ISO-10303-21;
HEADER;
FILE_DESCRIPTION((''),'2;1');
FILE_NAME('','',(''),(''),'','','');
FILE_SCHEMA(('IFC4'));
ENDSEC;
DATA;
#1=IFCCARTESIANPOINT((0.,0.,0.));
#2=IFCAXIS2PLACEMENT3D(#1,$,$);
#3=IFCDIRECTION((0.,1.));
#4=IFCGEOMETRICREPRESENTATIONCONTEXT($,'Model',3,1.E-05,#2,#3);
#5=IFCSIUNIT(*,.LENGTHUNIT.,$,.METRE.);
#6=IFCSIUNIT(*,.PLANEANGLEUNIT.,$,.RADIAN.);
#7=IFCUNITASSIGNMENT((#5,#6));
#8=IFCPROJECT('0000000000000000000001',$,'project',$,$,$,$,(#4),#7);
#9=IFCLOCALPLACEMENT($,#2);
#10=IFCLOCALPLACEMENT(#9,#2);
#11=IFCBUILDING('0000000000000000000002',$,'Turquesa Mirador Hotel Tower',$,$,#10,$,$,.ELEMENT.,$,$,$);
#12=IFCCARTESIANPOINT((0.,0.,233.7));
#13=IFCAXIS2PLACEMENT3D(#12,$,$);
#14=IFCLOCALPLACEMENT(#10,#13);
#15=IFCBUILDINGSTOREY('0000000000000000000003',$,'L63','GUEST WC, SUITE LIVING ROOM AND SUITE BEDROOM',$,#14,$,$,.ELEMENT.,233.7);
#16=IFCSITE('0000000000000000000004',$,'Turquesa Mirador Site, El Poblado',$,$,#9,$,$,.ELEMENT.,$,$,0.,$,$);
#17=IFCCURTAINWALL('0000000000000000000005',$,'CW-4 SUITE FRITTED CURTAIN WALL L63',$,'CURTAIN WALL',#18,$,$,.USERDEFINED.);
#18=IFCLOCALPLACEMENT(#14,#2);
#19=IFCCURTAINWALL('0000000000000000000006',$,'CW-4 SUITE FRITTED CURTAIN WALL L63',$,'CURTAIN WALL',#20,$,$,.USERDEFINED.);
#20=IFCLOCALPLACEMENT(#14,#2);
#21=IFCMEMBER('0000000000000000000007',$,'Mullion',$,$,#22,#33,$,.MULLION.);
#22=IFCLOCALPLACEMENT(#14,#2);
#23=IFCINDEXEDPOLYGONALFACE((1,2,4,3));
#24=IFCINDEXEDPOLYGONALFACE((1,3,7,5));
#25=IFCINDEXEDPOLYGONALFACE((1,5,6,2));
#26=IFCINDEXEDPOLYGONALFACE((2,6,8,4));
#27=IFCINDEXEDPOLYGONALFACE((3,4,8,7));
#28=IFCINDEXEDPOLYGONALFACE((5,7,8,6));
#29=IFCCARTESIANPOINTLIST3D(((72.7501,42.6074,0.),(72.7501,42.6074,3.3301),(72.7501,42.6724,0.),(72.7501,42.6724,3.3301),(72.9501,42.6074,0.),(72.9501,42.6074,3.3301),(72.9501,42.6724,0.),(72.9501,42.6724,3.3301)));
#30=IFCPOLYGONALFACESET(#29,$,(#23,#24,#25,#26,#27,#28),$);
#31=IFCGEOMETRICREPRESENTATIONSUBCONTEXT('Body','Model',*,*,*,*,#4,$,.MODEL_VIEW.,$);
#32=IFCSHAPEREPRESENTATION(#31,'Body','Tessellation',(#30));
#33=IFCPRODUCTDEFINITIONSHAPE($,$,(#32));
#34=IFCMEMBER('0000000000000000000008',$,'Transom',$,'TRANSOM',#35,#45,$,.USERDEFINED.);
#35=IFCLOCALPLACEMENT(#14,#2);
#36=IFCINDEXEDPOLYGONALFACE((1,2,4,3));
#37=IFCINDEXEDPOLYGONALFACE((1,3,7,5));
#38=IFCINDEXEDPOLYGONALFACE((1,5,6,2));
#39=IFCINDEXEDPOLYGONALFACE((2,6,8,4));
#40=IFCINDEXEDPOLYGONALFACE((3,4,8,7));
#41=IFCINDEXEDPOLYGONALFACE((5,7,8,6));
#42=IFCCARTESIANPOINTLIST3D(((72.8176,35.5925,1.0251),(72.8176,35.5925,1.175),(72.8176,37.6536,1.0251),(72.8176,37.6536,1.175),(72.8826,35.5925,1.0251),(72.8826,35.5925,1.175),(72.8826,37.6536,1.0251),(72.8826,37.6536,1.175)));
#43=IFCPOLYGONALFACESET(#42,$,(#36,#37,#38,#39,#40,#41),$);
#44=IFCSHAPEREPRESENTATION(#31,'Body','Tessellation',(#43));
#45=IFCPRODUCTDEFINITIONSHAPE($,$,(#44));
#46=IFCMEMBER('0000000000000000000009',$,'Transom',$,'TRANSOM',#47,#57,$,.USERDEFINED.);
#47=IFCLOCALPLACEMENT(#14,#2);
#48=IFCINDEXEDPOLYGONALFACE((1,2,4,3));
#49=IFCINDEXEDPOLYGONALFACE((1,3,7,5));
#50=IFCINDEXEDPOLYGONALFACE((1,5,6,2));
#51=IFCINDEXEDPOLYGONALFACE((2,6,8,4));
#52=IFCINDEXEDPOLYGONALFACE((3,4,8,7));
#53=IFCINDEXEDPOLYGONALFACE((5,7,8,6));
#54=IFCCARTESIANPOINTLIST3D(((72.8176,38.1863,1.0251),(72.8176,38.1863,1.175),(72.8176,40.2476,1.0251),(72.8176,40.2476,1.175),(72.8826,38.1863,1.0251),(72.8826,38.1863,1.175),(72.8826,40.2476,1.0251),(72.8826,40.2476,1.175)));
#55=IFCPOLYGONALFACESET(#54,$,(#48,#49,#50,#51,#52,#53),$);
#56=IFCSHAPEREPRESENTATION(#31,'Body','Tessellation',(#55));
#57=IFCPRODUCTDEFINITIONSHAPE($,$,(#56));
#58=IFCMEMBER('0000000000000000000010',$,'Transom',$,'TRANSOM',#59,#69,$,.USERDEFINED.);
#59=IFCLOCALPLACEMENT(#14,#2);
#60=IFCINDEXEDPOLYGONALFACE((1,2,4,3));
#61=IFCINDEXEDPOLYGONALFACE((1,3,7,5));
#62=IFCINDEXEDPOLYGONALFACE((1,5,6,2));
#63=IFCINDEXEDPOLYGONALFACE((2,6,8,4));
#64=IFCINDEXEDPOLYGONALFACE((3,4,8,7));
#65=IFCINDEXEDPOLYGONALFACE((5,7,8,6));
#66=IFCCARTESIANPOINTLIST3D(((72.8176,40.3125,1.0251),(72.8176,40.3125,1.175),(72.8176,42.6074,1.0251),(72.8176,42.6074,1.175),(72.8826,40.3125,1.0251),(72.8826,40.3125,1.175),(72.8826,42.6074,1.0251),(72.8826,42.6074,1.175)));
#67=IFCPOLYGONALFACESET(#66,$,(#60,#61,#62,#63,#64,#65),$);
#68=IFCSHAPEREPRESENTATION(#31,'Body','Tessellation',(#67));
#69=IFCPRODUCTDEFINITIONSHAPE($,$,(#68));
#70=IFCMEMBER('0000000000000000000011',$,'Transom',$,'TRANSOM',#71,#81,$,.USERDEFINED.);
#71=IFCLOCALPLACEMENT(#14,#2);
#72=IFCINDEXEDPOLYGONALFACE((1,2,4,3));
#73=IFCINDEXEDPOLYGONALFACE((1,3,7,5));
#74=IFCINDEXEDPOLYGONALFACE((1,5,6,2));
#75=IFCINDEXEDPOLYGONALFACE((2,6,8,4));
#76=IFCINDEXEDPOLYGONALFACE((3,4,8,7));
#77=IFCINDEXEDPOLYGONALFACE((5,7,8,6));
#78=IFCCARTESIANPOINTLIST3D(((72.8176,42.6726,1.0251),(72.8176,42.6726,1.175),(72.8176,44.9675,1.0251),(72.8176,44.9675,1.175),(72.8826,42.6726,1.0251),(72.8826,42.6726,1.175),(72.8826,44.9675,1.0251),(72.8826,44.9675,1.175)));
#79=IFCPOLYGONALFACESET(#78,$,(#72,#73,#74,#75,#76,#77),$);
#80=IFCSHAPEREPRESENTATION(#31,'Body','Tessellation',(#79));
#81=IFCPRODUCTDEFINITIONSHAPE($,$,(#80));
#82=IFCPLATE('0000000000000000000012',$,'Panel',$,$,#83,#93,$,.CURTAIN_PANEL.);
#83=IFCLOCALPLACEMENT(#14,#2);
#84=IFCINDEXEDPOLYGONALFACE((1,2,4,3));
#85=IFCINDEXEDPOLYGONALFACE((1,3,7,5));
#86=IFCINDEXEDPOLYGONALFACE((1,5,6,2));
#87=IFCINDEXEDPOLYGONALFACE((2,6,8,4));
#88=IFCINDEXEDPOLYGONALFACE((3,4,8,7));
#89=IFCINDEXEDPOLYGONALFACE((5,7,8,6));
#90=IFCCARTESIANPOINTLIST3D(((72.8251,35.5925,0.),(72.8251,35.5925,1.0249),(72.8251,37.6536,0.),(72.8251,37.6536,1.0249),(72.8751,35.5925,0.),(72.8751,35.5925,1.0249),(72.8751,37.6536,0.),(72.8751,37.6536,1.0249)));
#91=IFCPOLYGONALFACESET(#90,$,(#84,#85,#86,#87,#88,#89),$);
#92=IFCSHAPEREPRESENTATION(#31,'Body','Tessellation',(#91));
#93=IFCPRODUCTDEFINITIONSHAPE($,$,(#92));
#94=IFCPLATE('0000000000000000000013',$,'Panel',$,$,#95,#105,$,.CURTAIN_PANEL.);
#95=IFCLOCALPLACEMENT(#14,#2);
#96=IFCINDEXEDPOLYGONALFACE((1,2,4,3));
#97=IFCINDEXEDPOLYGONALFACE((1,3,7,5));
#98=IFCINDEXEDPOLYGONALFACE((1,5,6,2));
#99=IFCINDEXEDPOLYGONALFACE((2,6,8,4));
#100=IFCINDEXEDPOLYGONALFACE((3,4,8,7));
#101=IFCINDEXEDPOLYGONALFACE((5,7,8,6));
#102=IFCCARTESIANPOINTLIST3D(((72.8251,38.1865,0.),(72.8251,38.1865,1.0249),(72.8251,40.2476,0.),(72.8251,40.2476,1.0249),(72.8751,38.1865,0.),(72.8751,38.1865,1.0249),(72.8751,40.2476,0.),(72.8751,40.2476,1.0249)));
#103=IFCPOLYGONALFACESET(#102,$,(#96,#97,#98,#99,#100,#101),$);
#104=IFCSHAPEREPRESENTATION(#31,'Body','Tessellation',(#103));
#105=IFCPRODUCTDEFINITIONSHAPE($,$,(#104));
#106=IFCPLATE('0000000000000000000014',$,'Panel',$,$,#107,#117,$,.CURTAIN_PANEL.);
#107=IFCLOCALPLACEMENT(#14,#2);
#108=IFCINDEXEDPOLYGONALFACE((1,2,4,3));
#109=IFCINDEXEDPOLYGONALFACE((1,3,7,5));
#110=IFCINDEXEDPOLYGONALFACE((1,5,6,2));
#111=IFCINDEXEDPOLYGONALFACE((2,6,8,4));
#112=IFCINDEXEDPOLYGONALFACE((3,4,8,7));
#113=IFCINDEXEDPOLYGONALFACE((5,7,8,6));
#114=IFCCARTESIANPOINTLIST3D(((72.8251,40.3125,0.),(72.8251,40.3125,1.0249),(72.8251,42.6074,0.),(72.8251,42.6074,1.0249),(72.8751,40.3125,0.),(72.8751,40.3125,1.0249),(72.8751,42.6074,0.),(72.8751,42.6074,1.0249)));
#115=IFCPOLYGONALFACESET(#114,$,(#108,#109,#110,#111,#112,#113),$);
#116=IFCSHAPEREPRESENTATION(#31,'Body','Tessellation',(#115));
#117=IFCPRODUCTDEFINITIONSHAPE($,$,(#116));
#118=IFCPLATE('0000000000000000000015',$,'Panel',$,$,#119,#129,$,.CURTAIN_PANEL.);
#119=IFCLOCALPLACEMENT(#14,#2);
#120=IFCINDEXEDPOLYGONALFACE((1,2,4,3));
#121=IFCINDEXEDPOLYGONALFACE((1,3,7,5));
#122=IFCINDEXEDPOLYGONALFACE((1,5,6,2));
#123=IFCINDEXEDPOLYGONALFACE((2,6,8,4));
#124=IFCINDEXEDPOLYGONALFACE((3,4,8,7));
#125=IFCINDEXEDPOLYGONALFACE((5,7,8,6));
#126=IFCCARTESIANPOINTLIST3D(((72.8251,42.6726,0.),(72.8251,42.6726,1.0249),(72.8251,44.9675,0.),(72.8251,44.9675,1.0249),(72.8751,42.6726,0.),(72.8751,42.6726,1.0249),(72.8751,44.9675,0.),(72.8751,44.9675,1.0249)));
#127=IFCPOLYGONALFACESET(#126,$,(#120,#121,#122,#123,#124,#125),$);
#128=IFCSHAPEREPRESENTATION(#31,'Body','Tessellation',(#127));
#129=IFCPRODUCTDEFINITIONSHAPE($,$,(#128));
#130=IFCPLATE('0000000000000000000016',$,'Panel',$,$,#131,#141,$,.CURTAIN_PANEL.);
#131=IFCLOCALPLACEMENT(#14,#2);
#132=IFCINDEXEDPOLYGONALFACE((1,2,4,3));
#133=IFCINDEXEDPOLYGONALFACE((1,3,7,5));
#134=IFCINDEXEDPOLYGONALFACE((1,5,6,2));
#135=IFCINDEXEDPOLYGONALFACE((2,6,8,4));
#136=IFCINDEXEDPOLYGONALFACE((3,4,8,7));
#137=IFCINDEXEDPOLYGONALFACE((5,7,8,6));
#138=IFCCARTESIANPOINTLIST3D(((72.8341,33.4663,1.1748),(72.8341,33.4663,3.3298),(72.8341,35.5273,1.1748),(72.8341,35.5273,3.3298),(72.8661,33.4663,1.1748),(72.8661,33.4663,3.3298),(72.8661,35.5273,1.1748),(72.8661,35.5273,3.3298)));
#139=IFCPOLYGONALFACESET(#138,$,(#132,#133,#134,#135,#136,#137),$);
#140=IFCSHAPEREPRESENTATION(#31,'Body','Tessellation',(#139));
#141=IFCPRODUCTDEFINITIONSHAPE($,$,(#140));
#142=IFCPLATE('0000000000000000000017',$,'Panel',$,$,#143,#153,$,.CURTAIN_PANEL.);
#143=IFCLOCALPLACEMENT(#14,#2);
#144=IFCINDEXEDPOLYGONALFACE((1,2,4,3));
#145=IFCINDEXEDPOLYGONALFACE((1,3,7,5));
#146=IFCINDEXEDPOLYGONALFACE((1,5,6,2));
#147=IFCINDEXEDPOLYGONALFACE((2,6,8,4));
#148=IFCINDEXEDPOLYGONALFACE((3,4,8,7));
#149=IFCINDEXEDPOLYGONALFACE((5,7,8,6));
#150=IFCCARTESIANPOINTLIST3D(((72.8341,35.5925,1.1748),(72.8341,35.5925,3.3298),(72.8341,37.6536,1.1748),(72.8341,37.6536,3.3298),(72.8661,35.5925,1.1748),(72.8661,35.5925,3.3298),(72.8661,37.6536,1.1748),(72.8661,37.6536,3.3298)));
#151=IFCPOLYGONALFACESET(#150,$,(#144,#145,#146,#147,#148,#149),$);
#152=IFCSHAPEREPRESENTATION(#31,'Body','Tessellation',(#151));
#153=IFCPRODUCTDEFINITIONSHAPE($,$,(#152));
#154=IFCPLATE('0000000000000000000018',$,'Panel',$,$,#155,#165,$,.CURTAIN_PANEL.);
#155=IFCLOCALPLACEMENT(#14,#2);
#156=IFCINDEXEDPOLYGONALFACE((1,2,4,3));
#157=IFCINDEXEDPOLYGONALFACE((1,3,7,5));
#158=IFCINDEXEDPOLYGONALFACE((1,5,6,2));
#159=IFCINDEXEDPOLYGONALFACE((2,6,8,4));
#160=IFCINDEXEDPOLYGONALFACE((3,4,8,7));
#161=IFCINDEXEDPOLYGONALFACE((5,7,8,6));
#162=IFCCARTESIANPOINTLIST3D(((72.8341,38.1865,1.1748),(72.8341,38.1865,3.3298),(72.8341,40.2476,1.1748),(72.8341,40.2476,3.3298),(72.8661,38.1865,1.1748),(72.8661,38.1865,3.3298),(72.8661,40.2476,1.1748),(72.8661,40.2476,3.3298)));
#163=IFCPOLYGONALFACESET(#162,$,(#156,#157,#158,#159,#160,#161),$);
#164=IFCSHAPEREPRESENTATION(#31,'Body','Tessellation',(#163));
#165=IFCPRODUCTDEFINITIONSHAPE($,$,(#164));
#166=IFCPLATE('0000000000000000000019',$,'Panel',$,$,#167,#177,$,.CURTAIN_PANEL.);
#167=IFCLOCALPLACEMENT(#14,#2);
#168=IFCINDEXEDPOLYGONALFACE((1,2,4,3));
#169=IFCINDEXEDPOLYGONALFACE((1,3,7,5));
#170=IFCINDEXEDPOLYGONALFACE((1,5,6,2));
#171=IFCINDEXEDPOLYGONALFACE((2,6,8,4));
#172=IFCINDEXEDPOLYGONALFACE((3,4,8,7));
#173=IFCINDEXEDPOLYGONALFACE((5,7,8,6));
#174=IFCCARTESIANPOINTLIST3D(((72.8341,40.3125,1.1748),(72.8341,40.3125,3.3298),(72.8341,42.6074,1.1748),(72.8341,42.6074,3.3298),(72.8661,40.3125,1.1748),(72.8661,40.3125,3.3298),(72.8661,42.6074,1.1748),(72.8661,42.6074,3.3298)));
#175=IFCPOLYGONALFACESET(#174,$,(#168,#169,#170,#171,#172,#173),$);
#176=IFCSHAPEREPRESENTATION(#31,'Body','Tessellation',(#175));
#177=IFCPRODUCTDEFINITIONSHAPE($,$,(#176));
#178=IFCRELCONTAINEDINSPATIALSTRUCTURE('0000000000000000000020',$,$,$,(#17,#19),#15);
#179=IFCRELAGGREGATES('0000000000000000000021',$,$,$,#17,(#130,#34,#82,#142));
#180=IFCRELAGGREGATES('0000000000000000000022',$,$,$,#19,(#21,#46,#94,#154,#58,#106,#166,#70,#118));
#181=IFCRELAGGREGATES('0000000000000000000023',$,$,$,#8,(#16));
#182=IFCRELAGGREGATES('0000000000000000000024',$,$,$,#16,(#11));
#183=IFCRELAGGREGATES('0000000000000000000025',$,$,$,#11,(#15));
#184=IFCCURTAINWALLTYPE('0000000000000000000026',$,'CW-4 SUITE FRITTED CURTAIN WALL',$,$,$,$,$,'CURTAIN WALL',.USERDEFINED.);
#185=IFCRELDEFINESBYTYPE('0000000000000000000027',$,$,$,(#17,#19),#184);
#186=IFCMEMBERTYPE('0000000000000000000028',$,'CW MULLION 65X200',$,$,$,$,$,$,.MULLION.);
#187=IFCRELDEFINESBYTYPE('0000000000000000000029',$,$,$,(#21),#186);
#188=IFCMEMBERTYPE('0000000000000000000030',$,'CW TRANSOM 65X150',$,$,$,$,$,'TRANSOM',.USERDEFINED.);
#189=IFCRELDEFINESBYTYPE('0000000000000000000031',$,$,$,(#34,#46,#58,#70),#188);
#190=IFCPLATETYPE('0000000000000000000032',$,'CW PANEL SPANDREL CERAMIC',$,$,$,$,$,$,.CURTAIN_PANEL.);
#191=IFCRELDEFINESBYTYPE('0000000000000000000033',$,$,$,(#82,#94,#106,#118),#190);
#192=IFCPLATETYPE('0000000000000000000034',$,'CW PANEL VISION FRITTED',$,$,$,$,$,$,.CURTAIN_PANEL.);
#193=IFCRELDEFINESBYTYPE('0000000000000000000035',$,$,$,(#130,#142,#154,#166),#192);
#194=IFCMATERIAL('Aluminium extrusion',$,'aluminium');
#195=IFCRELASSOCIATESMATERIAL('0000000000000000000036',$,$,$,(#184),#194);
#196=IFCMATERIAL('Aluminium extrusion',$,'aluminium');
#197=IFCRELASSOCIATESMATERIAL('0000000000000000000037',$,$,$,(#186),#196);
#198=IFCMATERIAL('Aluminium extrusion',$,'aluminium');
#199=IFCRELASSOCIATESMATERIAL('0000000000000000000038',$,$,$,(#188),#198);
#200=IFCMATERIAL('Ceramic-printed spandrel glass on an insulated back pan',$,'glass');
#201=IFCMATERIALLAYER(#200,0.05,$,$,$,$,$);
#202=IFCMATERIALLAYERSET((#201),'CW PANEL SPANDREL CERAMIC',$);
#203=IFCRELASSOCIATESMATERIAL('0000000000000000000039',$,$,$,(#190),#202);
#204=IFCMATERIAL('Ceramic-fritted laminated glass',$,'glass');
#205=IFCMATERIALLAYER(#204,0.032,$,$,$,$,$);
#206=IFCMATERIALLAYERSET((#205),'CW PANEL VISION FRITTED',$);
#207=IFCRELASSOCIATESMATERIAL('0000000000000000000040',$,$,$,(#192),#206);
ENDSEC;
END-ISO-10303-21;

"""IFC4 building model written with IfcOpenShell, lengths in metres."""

from ifc_helpers import new_model, si_unit, direction, frame, origin, origin_2d, place, context, subcontext, project, spatial, rectangle, extrude, material, layer, layer_set, material_profile, profile_set, type_object, element, aggregate, save


model = new_model("IFC4")

# Units and contexts
model_context = context("Model", 3, precision=1e-05, world=origin(), true_north=direction((0.0, 1.0)))
body_context = subcontext(model_context, "Body", "Model", "MODEL_VIEW")
ifc_project = project(units=[si_unit("LENGTHUNIT", "METRE"), si_unit("PLANEANGLEUNIT", "RADIAN")], contexts=[model_context])

# Site, building, storey
site_placement = place(None, origin())
site = spatial("IfcSite", under=ifc_project, at=site_placement, Name="Turquesa Mirador Site, El Poblado", CompositionType="ELEMENT", RefElevation=0.0)
building_placement = place(site_placement, origin())
building = spatial("IfcBuilding", under=site, at=building_placement, Name="Turquesa Mirador Hotel Tower", CompositionType="ELEMENT")
storey_placement = place(building_placement, frame((0.0, 0.0, 233.7)))
storey = spatial("IfcBuildingStorey", under=building, at=storey_placement, Name="L63", Description="GUEST WC, SUITE LIVING ROOM AND SUITE BEDROOM", CompositionType="ELEMENT", Elevation=233.7)

# Curtain walls, member
ifc_material_1 = material(Name="Aluminium extrusion", Category="aluminium")
curtain_wall_type = type_object("IfcCurtainWallType", Name="CW-4 SUITE FRITTED CURTAIN WALL", ElementType="CURTAIN WALL", PredefinedType="USERDEFINED", material=ifc_material_1)
curtain_wall_1_placement = place(storey_placement, origin())
curtain_wall_1 = element("IfcCurtainWall", 1, at=curtain_wall_1_placement, inside=storey, type_object=curtain_wall_type, Name="CW-4 SUITE FRITTED CURTAIN WALL L63", ObjectType="CURTAIN WALL", PredefinedType="USERDEFINED")
ifc_material_2 = material(Name="Aluminium extrusion", Category="aluminium")
ifc_material_profile_1 = material_profile(ifc_material_2, rectangle(XDim=0.0649, YDim=0.2, at=origin_2d()), Name="MULLION 65X200")
ifc_profile_set_1 = profile_set([ifc_material_profile_1], Name="Aluminium extrusion")
member_type_1 = type_object("IfcMemberType", Name="CW MULLION 65X200", PredefinedType="MULLION", material=ifc_profile_set_1)
curtain_wall_2_placement = place(storey_placement, origin())
curtain_wall_2 = element("IfcCurtainWall", 2, at=curtain_wall_2_placement, inside=storey, type_object=curtain_wall_type, Name="CW-4 SUITE FRITTED CURTAIN WALL L63", ObjectType="CURTAIN WALL", PredefinedType="USERDEFINED")
member_1_placement = place(storey_placement, frame((72.8501, 42.6399, 0.0), z_axis=(0.0, 0.0, 1.0), x_axis=(0.0, 1.0, 0.0)))
member_1 = element("IfcMember", 3, at=member_1_placement, type_object=member_type_1, Name="Mullion", PredefinedType="MULLION", context=body_context, shape_type="SweptSolid", body=[
    extrude(rectangle(XDim=0.0649, YDim=0.2, at=origin_2d()), origin(), (0.0, 0.0, 1.0), 3.3301),
])

# Members
ifc_material_3 = material(Name="Aluminium extrusion", Category="aluminium")
ifc_material_profile_2 = material_profile(ifc_material_3, rectangle(XDim=0.0649, YDim=0.1499, at=origin_2d()), Name="TRANSOM 65X150")
ifc_profile_set_2 = profile_set([ifc_material_profile_2], Name="Aluminium extrusion")
member_type_2 = type_object("IfcMemberType", Name="CW TRANSOM 65X150", ElementType="TRANSOM", PredefinedType="USERDEFINED", material=ifc_profile_set_2)
member_2_placement = place(storey_placement, frame((72.8501, 35.5925, 1.1001), z_axis=(0.0, 1.0, 0.0), x_axis=(-1.0, 0.0, 0.0)))
member_2 = element("IfcMember", 4, at=member_2_placement, type_object=member_type_2, Name="Transom", ObjectType="TRANSOM", PredefinedType="USERDEFINED", context=body_context, shape_type="SweptSolid", body=[
    extrude(rectangle(XDim=0.0649, YDim=0.1499, at=origin_2d()), origin(), (0.0, 0.0, 1.0), 2.061),
])
member_3_placement = place(storey_placement, frame((72.8501, 38.1863, 1.1001), z_axis=(0.0, 1.0, 0.0), x_axis=(-1.0, 0.0, 0.0)))
member_3 = element("IfcMember", 5, at=member_3_placement, type_object=member_type_2, Name="Transom", ObjectType="TRANSOM", PredefinedType="USERDEFINED", context=body_context, shape_type="SweptSolid", body=[
    extrude(rectangle(XDim=0.0649, YDim=0.1499, at=origin_2d()), origin(), (0.0, 0.0, 1.0), 2.0613),
])
member_4_placement = place(storey_placement, frame((72.8501, 40.3125, 1.1001), z_axis=(0.0, 1.0, 0.0), x_axis=(-1.0, 0.0, 0.0)))
member_4 = element("IfcMember", 6, at=member_4_placement, type_object=member_type_2, Name="Transom", ObjectType="TRANSOM", PredefinedType="USERDEFINED", context=body_context, shape_type="SweptSolid", body=[
    extrude(rectangle(XDim=0.0649, YDim=0.1499, at=origin_2d()), origin(), (0.0, 0.0, 1.0), 2.2949),
])
member_5_placement = place(storey_placement, frame((72.8501, 42.6726, 1.1001), z_axis=(0.0, 1.0, 0.0), x_axis=(-1.0, 0.0, 0.0)))
member_5 = element("IfcMember", 7, at=member_5_placement, type_object=member_type_2, Name="Transom", ObjectType="TRANSOM", PredefinedType="USERDEFINED", context=body_context, shape_type="SweptSolid", body=[
    extrude(rectangle(XDim=0.0649, YDim=0.1499, at=origin_2d()), origin(), (0.0, 0.0, 1.0), 2.2949),
])

# Plates
ifc_material_4 = material(Name="Ceramic-printed spandrel glass on an insulated back pan", Category="glass")
ifc_layer_1 = layer(ifc_material_4, 0.05)
ifc_layer_set_1 = layer_set([ifc_layer_1], Name="CW PANEL SPANDREL CERAMIC")
plate_type_1 = type_object("IfcPlateType", Name="CW PANEL SPANDREL CERAMIC", PredefinedType="CURTAIN_PANEL", material=ifc_layer_set_1)
plate_1_placement = place(storey_placement, frame((72.8501, 36.623, 0.0), z_axis=(0.0, 0.0, 1.0), x_axis=(0.0, 1.0, 0.0)))
plate_1 = element("IfcPlate", 8, at=plate_1_placement, type_object=plate_type_1, Name="Panel", PredefinedType="CURTAIN_PANEL", context=body_context, shape_type="SweptSolid", body=[
    extrude(rectangle(XDim=2.061, YDim=0.05, at=origin_2d()), origin(), (0.0, 0.0, 1.0), 1.0249),
])
plate_2_placement = place(storey_placement, frame((72.8501, 39.217, 0.0), z_axis=(0.0, 0.0, 1.0), x_axis=(0.0, 1.0, 0.0)))
plate_2 = element("IfcPlate", 9, at=plate_2_placement, type_object=plate_type_1, Name="Panel", PredefinedType="CURTAIN_PANEL", context=body_context, shape_type="SweptSolid", body=[
    extrude(rectangle(XDim=2.061, YDim=0.05, at=origin_2d()), origin(), (0.0, 0.0, 1.0), 1.0249),
])
plate_3_placement = place(storey_placement, frame((72.8501, 41.46, 0.0), z_axis=(0.0, 0.0, 1.0), x_axis=(0.0, 1.0, 0.0)))
plate_3 = element("IfcPlate", 10, at=plate_3_placement, type_object=plate_type_1, Name="Panel", PredefinedType="CURTAIN_PANEL", context=body_context, shape_type="SweptSolid", body=[
    extrude(rectangle(XDim=2.2949, YDim=0.05, at=origin_2d()), origin(), (0.0, 0.0, 1.0), 1.0249),
])
plate_4_placement = place(storey_placement, frame((72.8501, 43.8201, 0.0), z_axis=(0.0, 0.0, 1.0), x_axis=(0.0, 1.0, 0.0)))
plate_4 = element("IfcPlate", 11, at=plate_4_placement, type_object=plate_type_1, Name="Panel", PredefinedType="CURTAIN_PANEL", context=body_context, shape_type="SweptSolid", body=[
    extrude(rectangle(XDim=2.2949, YDim=0.05, at=origin_2d()), origin(), (0.0, 0.0, 1.0), 1.0249),
])
ifc_material_5 = material(Name="Ceramic-fritted laminated glass", Category="glass")
ifc_layer_2 = layer(ifc_material_5, 0.032)
ifc_layer_set_2 = layer_set([ifc_layer_2], Name="CW PANEL VISION FRITTED")
plate_type_2 = type_object("IfcPlateType", Name="CW PANEL VISION FRITTED", PredefinedType="CURTAIN_PANEL", material=ifc_layer_set_2)
plate_5_placement = place(storey_placement, frame((72.8501, 34.4968, 1.1748), z_axis=(0.0, 0.0, 1.0), x_axis=(0.0, 1.0, 0.0)))
plate_5 = element("IfcPlate", 12, at=plate_5_placement, type_object=plate_type_2, Name="Panel", PredefinedType="CURTAIN_PANEL", context=body_context, shape_type="SweptSolid", body=[
    extrude(rectangle(XDim=2.061, YDim=0.032, at=origin_2d()), origin(), (0.0, 0.0, 1.0), 2.155),
])
plate_6_placement = place(storey_placement, frame((72.8501, 36.623, 1.1748), z_axis=(0.0, 0.0, 1.0), x_axis=(0.0, 1.0, 0.0)))
plate_6 = element("IfcPlate", 13, at=plate_6_placement, type_object=plate_type_2, Name="Panel", PredefinedType="CURTAIN_PANEL", context=body_context, shape_type="SweptSolid", body=[
    extrude(rectangle(XDim=2.061, YDim=0.032, at=origin_2d()), origin(), (0.0, 0.0, 1.0), 2.155),
])
aggregate(curtain_wall_1, [plate_5, member_2, plate_1, plate_6])
plate_7_placement = place(storey_placement, frame((72.8501, 39.217, 1.1748), z_axis=(0.0, 0.0, 1.0), x_axis=(0.0, 1.0, 0.0)))
plate_7 = element("IfcPlate", 14, at=plate_7_placement, type_object=plate_type_2, Name="Panel", PredefinedType="CURTAIN_PANEL", context=body_context, shape_type="SweptSolid", body=[
    extrude(rectangle(XDim=2.061, YDim=0.032, at=origin_2d()), origin(), (0.0, 0.0, 1.0), 2.155),
])
plate_8_placement = place(storey_placement, frame((72.8501, 41.46, 1.1748), z_axis=(0.0, 0.0, 1.0), x_axis=(0.0, 1.0, 0.0)))
plate_8 = element("IfcPlate", 15, at=plate_8_placement, type_object=plate_type_2, Name="Panel", PredefinedType="CURTAIN_PANEL", context=body_context, shape_type="SweptSolid", body=[
    extrude(rectangle(XDim=2.2949, YDim=0.032, at=origin_2d()), origin(), (0.0, 0.0, 1.0), 2.155),
])
aggregate(curtain_wall_2, [member_1, member_3, plate_2, plate_7, member_4, plate_3, plate_8, member_5, plate_4])

save(model, "model.ifc")
